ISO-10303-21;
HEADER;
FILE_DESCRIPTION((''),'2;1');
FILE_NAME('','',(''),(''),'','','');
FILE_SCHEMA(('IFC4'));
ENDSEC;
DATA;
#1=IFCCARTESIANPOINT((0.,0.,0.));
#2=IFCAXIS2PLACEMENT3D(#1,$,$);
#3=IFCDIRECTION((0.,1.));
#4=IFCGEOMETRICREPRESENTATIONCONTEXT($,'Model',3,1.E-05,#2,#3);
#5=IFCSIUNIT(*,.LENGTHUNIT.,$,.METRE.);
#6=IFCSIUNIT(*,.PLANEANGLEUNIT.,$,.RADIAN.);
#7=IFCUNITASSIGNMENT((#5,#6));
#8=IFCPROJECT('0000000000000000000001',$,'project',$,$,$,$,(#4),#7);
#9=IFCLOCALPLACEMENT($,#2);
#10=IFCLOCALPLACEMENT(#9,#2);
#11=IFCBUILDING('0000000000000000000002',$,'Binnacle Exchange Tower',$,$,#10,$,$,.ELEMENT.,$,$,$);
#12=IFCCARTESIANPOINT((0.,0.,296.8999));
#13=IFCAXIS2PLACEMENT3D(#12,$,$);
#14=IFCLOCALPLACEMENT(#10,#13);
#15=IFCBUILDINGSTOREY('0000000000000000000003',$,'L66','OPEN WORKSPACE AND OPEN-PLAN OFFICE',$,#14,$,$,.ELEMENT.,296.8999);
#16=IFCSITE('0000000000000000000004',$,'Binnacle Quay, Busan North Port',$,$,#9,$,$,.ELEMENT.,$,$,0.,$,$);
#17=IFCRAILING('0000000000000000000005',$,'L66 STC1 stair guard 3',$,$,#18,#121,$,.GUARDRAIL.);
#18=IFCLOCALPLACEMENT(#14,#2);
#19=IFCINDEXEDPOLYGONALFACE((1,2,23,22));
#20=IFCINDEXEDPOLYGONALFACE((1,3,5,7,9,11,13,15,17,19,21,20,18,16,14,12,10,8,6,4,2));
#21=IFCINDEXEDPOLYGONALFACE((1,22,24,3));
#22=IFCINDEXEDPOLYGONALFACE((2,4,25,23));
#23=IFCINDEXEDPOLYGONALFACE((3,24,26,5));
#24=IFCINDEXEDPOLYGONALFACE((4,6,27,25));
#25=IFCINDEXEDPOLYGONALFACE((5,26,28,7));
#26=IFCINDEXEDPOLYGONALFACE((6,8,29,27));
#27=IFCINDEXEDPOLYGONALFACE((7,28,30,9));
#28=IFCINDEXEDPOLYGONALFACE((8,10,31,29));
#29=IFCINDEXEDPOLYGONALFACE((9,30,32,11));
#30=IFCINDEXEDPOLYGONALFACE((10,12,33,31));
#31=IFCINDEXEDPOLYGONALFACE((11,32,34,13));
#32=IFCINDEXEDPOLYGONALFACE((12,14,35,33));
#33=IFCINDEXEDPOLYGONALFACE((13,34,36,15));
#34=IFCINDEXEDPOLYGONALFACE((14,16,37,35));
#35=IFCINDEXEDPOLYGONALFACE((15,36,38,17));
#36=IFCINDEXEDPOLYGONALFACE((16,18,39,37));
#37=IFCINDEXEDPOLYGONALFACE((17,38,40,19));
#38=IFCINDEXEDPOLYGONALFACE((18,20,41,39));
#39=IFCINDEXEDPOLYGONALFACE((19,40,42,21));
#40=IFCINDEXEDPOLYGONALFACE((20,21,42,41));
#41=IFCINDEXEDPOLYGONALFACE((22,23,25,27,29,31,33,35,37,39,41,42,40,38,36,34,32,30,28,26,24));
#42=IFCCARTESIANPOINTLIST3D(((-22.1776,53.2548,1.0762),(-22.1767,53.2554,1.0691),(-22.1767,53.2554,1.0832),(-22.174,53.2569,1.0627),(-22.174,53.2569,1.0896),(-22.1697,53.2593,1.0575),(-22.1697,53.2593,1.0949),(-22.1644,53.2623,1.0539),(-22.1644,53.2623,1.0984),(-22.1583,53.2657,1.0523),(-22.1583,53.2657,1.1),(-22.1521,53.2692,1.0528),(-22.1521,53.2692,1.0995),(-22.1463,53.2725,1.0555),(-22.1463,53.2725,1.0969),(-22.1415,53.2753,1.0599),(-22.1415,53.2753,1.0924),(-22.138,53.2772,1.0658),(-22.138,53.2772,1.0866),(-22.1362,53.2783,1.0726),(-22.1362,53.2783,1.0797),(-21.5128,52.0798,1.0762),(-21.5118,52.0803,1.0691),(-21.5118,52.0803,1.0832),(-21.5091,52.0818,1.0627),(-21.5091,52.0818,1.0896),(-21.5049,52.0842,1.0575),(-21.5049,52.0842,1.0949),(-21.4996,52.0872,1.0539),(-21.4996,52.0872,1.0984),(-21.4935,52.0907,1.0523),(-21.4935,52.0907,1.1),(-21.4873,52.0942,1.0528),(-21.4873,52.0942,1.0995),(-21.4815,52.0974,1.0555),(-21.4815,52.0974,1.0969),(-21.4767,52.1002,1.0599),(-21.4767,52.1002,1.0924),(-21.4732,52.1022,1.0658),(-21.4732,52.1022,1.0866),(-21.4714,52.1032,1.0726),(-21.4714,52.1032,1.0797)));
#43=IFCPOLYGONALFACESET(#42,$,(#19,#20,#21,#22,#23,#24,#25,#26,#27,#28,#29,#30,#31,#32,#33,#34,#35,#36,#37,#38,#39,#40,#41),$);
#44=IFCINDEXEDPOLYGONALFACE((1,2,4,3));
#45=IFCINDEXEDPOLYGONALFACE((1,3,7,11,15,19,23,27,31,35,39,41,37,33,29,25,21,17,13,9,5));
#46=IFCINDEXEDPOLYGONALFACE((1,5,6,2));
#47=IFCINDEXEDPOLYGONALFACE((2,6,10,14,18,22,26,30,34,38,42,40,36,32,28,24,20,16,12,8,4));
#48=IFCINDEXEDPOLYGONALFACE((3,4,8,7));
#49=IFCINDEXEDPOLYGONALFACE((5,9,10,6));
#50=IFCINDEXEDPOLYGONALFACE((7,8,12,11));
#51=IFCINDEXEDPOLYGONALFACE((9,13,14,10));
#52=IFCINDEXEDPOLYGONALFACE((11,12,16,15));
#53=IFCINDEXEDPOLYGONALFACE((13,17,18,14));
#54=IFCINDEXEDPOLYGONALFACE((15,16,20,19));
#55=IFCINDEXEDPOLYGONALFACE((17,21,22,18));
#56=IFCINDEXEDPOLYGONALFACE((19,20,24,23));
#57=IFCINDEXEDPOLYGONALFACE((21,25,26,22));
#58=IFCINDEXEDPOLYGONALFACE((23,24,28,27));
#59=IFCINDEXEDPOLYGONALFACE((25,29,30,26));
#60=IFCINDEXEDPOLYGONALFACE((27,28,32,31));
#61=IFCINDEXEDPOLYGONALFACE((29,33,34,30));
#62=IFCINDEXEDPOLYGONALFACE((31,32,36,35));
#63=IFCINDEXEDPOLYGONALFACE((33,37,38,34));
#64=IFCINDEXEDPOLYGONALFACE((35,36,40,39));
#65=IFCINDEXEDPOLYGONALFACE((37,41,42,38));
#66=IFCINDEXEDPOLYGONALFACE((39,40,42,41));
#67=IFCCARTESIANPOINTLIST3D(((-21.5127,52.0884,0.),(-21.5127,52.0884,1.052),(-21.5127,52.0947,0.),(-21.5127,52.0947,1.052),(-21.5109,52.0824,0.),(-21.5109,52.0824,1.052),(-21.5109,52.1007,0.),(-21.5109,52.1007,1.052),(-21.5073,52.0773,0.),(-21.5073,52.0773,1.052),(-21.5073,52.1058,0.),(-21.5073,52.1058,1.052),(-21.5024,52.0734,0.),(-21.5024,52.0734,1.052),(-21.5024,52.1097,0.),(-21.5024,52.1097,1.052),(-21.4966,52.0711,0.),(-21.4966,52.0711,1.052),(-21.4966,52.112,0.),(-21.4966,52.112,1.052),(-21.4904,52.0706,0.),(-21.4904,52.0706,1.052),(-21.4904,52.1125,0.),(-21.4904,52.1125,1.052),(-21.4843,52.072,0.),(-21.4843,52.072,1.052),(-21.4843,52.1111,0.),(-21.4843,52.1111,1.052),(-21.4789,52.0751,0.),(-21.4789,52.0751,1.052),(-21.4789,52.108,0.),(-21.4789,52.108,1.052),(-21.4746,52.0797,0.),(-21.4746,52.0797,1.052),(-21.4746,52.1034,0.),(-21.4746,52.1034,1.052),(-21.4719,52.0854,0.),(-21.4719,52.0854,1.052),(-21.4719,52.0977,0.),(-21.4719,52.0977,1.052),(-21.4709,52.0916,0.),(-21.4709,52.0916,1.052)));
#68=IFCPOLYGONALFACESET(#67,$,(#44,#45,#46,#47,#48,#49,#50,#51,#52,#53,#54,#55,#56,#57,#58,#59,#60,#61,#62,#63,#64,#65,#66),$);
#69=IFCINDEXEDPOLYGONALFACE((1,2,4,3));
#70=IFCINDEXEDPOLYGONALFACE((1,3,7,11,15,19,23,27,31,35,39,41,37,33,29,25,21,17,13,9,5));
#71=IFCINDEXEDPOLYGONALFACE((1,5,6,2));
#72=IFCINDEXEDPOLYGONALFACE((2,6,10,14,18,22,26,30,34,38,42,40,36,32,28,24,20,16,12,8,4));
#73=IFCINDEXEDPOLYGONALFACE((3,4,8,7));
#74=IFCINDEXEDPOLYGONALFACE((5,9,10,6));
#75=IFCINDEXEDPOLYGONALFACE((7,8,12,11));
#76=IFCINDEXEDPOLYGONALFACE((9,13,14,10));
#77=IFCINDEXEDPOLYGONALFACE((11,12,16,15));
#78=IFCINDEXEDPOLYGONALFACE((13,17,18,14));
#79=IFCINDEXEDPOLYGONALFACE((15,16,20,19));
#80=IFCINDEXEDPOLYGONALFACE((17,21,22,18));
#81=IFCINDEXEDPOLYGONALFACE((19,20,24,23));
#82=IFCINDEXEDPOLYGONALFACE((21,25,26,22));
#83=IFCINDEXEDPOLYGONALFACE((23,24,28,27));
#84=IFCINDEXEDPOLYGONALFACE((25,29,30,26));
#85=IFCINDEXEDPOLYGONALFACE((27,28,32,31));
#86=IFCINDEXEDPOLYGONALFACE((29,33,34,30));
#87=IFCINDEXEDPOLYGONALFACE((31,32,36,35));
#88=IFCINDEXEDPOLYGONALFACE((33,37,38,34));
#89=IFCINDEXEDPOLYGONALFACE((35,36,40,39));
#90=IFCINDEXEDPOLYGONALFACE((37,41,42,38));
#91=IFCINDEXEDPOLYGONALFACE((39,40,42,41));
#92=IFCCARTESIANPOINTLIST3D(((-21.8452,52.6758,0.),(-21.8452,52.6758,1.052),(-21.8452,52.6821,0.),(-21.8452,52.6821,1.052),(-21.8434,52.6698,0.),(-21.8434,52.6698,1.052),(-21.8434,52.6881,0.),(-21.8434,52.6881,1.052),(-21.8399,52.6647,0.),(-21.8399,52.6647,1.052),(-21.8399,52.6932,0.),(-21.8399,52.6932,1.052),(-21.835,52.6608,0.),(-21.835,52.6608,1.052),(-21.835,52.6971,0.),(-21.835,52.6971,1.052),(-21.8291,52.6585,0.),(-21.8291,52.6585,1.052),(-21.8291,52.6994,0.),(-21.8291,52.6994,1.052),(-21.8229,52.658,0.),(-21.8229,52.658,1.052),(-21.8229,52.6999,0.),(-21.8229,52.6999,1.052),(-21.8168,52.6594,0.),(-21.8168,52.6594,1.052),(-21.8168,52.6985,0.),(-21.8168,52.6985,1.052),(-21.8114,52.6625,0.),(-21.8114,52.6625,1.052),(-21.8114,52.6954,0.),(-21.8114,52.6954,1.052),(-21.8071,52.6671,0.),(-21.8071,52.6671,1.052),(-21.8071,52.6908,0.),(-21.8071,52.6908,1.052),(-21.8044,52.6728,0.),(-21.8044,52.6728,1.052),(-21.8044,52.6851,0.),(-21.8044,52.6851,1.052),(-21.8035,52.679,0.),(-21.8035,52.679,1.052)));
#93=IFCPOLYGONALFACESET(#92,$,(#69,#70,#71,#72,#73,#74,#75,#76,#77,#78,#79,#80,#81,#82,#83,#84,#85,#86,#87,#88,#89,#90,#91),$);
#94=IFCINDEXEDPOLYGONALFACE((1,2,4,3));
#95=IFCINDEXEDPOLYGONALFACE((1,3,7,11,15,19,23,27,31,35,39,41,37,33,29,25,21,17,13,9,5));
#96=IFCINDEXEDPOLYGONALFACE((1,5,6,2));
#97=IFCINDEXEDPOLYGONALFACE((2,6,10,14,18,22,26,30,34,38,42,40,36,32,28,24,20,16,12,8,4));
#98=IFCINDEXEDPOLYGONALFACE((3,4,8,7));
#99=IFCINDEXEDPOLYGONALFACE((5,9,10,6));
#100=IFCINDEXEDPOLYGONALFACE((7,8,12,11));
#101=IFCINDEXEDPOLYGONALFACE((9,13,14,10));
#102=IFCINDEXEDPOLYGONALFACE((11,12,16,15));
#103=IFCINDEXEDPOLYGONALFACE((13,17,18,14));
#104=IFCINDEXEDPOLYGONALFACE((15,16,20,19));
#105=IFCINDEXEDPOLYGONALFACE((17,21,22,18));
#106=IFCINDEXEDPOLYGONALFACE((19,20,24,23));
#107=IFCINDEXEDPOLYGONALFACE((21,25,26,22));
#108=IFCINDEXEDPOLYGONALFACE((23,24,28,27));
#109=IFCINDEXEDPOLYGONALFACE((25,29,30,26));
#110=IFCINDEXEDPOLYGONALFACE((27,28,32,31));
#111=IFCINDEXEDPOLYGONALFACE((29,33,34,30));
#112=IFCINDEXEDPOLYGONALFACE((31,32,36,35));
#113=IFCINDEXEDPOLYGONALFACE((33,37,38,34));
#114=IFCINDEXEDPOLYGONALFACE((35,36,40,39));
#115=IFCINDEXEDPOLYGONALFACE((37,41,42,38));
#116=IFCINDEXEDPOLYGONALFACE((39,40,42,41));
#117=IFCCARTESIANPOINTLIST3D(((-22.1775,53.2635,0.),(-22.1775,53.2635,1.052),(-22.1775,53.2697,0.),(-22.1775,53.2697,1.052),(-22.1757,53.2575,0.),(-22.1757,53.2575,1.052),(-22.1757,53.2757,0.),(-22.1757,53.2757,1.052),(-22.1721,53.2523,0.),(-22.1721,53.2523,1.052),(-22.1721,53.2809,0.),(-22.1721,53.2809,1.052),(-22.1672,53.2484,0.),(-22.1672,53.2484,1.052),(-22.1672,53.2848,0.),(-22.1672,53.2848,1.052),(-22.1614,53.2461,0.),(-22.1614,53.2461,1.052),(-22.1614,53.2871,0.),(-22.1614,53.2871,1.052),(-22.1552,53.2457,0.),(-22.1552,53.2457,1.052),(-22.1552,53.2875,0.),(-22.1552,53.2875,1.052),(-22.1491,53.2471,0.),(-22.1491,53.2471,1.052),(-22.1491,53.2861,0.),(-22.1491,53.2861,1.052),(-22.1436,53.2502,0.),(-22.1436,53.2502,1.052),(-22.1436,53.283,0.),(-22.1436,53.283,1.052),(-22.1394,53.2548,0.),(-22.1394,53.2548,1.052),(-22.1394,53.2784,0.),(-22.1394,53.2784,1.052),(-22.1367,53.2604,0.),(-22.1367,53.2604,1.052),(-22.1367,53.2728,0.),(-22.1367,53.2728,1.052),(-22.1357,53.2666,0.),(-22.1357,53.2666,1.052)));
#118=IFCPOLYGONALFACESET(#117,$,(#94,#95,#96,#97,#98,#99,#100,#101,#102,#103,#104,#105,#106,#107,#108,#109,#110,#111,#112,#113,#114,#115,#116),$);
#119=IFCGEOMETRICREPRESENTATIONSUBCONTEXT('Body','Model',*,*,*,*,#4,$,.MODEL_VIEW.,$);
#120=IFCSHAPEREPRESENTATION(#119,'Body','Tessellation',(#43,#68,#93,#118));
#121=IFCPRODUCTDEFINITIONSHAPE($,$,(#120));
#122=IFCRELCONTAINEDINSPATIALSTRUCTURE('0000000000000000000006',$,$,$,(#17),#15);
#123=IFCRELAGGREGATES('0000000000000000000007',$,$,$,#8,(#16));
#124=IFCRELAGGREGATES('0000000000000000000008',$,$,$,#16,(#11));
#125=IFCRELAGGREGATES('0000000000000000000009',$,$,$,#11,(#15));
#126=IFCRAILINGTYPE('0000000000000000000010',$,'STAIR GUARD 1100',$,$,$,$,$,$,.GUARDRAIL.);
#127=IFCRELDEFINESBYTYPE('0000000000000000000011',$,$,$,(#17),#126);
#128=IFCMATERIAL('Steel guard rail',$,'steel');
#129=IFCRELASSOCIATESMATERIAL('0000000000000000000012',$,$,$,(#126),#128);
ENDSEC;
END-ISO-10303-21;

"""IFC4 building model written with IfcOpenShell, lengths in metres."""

from ifc_helpers import new_model, si_unit, direction, frame, origin, origin_2d, place, context, subcontext, project, spatial, circle, extrude, material, type_object, element, save


model = new_model("IFC4")

# Units and contexts
model_context = context("Model", 3, precision=1e-05, world=origin(), true_north=direction((0.0, 1.0)))
body_context = subcontext(model_context, "Body", "Model", "MODEL_VIEW")
ifc_project = project(units=[si_unit("LENGTHUNIT", "METRE"), si_unit("PLANEANGLEUNIT", "RADIAN")], contexts=[model_context])

# Site, building, storey
site_placement = place(None, origin())
site = spatial("IfcSite", under=ifc_project, at=site_placement, Name="Binnacle Quay, Busan North Port", CompositionType="ELEMENT", RefElevation=0.0)
building_placement = place(site_placement, origin())
building = spatial("IfcBuilding", under=site, at=building_placement, Name="Binnacle Exchange Tower", CompositionType="ELEMENT")
storey_placement = place(building_placement, frame((0.0, 0.0, 296.8999)))
storey = spatial("IfcBuildingStorey", under=building, at=storey_placement, Name="L66", Description="OPEN WORKSPACE AND OPEN-PLAN OFFICE", CompositionType="ELEMENT", Elevation=296.8999)

# Railing
ifc_material_1 = material(Name="Steel guard rail", Category="steel")
railing_type_1 = type_object("IfcRailingType", Name="STAIR GUARD 1100", PredefinedType="GUARDRAIL", material=ifc_material_1)
railing_1_placement = place(storey_placement, frame((-21.4919, 52.0916, 0.0)))
element("IfcRailing", 1, at=railing_1_placement, inside=storey, type_object=railing_type_1, Name="L66 STC1 stair guard 3", PredefinedType="GUARDRAIL", context=body_context, shape_type="SweptSolid", body=[
    extrude(circle(Radius=0.0239, at=origin_2d()), frame((0.0, 0.0, 1.0762), z_axis=(-0.492415, 0.870361, 0.0), x_axis=(-0.870361, -0.492415, 0.0)), (0.0, 0.0, 1.0), 1.3501),
    extrude(circle(Radius=0.021, at=origin_2d()), origin(), (0.0, 0.0, 1.0), 1.052),
    extrude(circle(Radius=0.021, at=origin_2d()), frame((-0.3325, 0.5874, 0.0)), (0.0, 0.0, 1.0), 1.052),
    extrude(circle(Radius=0.021, at=origin_2d()), frame((-0.6648, 1.175, 0.0)), (0.0, 0.0, 1.0), 1.052),
])

save(model, "model.ifc")
